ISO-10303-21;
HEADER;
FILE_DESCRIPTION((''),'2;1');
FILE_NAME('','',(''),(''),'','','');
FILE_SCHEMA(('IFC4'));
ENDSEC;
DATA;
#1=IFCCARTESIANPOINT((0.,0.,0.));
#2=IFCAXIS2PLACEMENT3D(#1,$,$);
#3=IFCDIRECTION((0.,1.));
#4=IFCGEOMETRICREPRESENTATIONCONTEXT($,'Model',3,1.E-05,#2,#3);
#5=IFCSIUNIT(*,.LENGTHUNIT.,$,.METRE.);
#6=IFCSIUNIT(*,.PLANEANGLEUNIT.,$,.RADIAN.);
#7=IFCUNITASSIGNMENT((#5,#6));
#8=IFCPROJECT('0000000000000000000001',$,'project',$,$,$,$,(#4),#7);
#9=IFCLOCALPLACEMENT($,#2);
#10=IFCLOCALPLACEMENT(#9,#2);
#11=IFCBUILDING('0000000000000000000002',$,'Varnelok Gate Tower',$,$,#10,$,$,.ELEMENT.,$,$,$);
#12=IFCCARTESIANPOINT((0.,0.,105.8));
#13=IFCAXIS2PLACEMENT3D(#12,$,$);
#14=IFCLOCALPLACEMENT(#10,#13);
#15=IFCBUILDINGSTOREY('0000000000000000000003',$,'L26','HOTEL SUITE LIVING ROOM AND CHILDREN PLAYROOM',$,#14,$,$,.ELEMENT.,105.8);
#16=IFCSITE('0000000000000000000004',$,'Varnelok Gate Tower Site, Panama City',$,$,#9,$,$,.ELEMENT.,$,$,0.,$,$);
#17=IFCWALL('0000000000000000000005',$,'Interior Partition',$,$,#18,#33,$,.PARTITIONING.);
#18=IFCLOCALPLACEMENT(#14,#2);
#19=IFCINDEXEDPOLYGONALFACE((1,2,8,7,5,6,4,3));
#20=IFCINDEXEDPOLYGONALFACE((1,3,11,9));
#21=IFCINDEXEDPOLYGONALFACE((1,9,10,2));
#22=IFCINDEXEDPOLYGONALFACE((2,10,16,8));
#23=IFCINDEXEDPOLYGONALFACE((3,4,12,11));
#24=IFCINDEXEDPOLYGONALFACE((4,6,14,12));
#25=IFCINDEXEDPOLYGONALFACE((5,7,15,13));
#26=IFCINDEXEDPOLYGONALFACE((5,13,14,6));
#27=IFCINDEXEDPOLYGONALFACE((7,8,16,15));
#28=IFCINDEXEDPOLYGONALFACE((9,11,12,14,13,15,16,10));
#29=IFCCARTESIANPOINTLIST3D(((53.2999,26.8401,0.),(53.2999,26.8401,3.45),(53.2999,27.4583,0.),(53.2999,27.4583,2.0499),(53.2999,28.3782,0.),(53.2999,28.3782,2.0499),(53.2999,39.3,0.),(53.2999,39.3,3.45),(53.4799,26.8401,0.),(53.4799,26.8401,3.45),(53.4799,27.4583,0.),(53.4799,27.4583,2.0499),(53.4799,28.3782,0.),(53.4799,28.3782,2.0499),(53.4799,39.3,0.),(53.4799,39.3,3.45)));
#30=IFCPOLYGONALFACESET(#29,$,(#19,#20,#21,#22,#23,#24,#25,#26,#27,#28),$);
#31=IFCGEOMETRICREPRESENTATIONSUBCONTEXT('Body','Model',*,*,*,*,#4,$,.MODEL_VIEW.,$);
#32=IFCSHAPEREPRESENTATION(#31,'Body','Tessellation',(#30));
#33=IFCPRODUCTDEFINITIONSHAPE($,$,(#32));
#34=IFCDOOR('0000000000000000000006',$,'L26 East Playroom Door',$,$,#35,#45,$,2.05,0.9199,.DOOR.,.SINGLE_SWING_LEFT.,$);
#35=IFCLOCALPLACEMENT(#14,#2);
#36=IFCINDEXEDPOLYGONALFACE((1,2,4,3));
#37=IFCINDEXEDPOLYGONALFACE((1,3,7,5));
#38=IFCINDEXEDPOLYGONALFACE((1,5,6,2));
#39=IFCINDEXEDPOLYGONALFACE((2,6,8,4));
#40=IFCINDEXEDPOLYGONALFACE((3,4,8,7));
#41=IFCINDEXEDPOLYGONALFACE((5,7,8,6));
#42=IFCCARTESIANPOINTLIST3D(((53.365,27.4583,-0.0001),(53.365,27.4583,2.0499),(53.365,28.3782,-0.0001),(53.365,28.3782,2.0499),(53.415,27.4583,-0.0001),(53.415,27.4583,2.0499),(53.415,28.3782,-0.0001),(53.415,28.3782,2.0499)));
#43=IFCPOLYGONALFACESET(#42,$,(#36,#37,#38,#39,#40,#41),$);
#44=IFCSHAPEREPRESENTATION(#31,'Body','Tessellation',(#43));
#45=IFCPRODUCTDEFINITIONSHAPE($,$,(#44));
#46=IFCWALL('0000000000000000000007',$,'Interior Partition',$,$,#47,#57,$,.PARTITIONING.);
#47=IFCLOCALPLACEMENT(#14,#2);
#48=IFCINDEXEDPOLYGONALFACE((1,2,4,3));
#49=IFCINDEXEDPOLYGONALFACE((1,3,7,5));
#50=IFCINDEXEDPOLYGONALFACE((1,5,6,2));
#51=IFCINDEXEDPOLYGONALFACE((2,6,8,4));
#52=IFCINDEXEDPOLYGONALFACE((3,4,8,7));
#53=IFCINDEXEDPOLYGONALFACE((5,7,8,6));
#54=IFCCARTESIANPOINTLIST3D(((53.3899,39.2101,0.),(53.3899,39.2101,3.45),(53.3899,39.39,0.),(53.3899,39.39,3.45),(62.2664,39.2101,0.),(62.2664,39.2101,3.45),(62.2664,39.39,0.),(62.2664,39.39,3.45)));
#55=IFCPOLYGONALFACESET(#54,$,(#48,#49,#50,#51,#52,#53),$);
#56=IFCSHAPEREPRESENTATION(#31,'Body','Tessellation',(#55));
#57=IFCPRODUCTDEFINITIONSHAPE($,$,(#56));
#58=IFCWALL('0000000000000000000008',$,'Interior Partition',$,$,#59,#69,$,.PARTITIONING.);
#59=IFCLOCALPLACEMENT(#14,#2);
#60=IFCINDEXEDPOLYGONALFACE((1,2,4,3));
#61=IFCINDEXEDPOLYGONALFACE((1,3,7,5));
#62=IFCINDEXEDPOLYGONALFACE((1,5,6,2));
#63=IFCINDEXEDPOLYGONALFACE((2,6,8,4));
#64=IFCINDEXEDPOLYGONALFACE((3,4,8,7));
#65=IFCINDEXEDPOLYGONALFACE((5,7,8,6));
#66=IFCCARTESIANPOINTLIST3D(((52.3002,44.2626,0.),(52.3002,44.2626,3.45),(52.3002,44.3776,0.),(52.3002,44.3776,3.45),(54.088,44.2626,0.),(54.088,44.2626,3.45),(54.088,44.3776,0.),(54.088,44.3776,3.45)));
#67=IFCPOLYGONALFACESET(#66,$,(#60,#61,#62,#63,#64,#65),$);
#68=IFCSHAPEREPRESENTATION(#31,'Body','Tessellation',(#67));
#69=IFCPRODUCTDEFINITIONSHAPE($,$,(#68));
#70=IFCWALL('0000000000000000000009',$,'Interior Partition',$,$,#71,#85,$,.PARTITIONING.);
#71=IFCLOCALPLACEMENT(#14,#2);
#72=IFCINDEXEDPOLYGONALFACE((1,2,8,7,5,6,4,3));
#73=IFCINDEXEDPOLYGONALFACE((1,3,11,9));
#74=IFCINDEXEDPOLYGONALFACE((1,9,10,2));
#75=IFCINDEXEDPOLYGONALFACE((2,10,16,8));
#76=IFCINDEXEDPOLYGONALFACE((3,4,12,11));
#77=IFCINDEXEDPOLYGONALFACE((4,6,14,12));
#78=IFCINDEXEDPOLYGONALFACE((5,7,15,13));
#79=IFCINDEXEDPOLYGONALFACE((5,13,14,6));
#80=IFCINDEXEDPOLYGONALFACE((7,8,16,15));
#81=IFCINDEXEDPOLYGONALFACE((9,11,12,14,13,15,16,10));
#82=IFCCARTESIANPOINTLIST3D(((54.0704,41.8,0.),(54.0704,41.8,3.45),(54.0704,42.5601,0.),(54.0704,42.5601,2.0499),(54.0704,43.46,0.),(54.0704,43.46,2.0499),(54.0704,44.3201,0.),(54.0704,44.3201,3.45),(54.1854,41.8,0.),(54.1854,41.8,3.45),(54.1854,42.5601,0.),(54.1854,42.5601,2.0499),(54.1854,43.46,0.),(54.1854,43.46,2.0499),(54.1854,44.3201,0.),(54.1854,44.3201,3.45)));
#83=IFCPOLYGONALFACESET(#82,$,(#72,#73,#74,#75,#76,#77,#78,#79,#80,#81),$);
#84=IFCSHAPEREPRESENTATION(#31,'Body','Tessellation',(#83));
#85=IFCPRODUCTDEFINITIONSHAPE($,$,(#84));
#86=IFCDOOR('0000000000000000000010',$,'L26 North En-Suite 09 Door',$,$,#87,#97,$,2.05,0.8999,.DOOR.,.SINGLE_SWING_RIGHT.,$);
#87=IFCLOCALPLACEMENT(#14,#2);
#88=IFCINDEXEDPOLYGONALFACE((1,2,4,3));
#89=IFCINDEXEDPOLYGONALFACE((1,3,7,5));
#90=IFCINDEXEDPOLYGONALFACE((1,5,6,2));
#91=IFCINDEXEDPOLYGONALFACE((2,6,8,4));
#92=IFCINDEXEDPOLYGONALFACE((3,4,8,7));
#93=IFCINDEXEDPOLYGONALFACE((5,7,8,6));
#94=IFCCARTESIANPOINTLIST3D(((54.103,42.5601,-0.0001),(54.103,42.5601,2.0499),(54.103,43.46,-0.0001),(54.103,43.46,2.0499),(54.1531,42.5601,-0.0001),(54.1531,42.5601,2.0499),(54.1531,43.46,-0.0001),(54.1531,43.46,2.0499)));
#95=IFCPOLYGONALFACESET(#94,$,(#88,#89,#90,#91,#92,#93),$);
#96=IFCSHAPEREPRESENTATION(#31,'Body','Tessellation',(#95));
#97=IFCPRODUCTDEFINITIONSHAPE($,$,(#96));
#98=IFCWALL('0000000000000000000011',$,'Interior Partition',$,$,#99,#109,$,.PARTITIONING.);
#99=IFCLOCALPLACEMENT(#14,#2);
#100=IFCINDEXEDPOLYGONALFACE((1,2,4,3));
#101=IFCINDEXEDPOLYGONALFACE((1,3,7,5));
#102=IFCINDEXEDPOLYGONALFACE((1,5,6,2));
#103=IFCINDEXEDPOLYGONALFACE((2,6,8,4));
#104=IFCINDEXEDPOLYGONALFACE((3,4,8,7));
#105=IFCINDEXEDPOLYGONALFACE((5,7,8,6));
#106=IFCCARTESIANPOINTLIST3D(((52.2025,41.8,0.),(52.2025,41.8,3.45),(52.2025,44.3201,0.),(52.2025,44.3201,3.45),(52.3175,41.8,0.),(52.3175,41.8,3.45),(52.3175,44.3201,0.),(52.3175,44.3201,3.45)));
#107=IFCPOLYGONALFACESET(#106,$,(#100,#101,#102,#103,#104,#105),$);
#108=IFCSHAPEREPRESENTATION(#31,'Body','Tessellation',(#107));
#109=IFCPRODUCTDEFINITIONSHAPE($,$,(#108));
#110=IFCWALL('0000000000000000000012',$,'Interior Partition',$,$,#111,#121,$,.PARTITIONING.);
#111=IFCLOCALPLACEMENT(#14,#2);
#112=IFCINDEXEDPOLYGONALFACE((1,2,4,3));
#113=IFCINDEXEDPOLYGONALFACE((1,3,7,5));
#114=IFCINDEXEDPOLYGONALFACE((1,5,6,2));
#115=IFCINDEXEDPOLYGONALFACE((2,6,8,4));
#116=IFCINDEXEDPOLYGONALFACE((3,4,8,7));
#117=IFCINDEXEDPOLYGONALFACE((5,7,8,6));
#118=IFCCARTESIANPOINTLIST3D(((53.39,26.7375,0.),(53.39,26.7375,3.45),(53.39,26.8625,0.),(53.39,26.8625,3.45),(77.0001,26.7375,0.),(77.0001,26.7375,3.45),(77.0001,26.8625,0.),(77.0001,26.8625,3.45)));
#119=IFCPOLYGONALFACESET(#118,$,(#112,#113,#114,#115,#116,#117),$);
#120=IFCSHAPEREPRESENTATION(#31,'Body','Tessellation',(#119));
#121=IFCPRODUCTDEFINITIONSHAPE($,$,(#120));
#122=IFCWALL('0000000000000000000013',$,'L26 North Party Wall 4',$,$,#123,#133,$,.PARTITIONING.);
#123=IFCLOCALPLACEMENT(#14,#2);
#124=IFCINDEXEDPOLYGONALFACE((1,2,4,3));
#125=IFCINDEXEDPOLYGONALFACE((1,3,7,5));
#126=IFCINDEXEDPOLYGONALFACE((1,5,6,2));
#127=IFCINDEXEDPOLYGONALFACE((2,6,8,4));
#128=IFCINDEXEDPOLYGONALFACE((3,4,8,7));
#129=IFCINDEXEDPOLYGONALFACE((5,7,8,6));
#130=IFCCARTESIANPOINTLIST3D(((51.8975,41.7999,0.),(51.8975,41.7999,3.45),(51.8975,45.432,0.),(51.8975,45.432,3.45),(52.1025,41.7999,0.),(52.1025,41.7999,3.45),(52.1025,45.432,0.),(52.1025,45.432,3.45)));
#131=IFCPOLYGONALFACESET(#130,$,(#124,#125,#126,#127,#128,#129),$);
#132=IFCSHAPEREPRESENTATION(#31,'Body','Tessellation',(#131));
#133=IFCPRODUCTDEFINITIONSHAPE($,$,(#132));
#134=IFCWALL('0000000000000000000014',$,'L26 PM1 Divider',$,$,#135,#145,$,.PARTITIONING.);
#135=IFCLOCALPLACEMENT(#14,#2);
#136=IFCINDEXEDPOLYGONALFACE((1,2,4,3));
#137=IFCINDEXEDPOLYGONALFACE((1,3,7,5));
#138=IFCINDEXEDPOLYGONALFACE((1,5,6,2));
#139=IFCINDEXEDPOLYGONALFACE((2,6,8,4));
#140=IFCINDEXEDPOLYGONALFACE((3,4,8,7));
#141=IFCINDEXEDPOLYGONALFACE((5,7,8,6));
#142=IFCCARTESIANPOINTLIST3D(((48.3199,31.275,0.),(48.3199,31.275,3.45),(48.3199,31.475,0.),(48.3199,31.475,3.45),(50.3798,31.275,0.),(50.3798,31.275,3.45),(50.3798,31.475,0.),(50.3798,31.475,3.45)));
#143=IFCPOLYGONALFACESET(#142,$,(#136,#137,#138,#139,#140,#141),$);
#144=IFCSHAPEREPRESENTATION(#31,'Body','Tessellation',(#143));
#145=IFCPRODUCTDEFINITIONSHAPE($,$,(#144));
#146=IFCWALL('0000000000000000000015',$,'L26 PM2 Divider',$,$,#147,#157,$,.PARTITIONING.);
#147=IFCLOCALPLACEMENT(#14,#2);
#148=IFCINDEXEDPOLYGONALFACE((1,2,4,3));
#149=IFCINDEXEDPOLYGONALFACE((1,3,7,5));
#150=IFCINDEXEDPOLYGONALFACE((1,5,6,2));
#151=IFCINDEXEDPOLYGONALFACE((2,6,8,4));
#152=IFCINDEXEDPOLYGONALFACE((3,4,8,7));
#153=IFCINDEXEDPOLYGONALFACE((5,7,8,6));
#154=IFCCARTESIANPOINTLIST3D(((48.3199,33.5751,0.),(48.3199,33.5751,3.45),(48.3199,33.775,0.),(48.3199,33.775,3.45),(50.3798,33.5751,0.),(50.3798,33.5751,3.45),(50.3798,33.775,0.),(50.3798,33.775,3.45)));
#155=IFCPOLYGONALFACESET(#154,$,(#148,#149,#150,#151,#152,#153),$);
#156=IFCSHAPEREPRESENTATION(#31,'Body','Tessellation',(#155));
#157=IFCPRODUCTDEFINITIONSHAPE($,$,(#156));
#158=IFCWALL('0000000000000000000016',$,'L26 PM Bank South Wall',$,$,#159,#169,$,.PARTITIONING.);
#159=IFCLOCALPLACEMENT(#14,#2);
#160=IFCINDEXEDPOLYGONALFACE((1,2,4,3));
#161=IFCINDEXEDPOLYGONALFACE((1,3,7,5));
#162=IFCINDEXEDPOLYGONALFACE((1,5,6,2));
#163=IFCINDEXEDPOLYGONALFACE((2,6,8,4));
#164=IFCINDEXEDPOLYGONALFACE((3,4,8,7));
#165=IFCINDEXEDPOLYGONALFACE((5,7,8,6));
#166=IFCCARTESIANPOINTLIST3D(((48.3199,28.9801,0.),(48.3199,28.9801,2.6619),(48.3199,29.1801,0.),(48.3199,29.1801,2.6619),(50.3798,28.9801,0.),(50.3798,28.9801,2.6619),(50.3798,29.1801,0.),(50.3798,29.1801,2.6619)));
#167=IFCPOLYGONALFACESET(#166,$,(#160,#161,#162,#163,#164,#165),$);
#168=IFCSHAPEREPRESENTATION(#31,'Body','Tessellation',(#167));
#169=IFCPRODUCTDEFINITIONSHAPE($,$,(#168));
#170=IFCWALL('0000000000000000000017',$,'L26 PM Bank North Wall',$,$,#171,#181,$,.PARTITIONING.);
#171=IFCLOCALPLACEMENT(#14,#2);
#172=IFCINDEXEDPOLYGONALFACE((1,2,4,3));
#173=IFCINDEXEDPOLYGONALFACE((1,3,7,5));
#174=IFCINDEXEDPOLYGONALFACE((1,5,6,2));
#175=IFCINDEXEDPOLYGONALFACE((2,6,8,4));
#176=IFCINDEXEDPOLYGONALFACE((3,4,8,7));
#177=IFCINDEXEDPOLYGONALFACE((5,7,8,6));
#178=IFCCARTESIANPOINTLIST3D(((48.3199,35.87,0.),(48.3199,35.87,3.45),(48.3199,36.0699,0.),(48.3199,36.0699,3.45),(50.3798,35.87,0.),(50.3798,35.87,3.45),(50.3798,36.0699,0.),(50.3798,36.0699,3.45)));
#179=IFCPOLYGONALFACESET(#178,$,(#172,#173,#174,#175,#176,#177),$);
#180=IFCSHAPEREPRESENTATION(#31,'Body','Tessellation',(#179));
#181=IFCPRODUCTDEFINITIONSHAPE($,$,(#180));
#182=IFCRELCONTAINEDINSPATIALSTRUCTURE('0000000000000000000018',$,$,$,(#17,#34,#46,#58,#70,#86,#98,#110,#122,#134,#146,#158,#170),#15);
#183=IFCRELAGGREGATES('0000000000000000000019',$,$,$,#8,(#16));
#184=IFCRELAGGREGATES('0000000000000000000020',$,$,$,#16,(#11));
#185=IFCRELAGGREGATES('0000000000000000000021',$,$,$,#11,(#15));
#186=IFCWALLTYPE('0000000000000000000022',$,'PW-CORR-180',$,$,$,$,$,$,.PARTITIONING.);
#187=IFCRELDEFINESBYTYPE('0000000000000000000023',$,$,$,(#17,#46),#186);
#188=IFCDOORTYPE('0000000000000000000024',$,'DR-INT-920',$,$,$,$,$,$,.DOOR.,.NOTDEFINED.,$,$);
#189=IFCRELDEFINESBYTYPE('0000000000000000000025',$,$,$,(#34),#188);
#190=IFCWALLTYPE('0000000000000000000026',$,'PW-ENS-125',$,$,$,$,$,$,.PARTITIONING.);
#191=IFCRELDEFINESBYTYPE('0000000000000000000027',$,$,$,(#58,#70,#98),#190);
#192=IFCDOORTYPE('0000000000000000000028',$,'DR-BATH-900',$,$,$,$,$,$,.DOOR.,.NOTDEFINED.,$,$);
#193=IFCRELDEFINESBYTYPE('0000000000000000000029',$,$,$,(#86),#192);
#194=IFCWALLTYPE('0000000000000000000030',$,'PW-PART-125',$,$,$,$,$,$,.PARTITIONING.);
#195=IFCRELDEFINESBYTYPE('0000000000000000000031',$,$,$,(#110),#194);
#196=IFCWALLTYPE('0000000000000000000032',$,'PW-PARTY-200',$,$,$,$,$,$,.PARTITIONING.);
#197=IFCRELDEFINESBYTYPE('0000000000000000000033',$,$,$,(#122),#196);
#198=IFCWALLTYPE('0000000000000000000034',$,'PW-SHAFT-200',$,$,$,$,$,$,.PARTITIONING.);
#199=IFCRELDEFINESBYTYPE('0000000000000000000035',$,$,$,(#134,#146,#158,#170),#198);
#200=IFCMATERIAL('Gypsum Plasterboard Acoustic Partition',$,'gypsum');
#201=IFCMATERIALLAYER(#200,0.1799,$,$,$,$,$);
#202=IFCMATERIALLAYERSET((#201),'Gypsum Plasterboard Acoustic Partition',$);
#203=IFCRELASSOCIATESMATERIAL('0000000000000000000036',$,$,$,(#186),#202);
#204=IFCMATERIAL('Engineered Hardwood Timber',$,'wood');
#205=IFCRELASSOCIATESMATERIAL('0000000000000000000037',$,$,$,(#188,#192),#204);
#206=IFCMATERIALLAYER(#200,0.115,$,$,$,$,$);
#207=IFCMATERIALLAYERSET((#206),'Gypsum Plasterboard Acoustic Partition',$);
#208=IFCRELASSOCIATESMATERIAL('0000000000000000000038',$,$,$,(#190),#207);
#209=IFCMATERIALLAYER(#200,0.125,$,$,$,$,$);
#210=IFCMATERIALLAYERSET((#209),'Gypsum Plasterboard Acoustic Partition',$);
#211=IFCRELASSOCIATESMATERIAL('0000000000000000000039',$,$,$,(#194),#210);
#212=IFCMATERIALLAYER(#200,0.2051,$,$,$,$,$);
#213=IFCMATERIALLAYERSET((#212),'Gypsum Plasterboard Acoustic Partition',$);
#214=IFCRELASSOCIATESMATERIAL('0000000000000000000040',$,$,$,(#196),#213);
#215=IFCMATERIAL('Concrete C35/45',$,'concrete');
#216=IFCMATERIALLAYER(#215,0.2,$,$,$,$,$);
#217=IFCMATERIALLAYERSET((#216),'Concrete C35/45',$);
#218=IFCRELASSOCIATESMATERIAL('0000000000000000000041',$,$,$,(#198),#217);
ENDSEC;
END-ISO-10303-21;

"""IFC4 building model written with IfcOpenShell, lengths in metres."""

from ifc_helpers import new_model, si_unit, direction, frame, frame_2d, origin, place, context, subcontext, project, spatial, rectangle, extrude, material, layer, layer_set, type_object, element, fill, save


model = new_model("IFC4")

# Units and contexts
model_context = context("Model", 3, precision=1e-05, world=origin(), true_north=direction((0.0, 1.0)))
body_context = subcontext(model_context, "Body", "Model", "MODEL_VIEW")
ifc_project = project(units=[si_unit("LENGTHUNIT", "METRE"), si_unit("PLANEANGLEUNIT", "RADIAN")], contexts=[model_context])

# Site, building, storey
site_placement = place(None, origin())
site = spatial("IfcSite", under=ifc_project, at=site_placement, Name="Varnelok Gate Tower Site, Panama City", CompositionType="ELEMENT", RefElevation=0.0)
building_placement = place(site_placement, origin())
building = spatial("IfcBuilding", under=site, at=building_placement, Name="Varnelok Gate Tower", CompositionType="ELEMENT")
storey_placement = place(building_placement, frame((0.0, 0.0, 105.8)))
storey = spatial("IfcBuildingStorey", under=building, at=storey_placement, Name="L26", Description="HOTEL SUITE LIVING ROOM AND CHILDREN PLAYROOM", CompositionType="ELEMENT", Elevation=105.8)

# Wall, opening, door
ifc_material_1 = material(Name="Gypsum Plasterboard Acoustic Partition", Category="gypsum")
ifc_layer_1 = layer(ifc_material_1, 0.1799)
ifc_layer_set_1 = layer_set([ifc_layer_1], Name="Gypsum Plasterboard Acoustic Partition")
wall_type_1 = type_object("IfcWallType", Name="PW-CORR-180", PredefinedType="PARTITIONING", material=ifc_layer_set_1)
ifc_material_2 = material(Name="Engineered Hardwood Timber", Category="wood")
wall_1_placement = place(storey_placement, frame((53.3899, 26.8401, 0.0), z_axis=(0.0, 0.0, 1.0), x_axis=(0.0, 1.0, 0.0)))
wall_1 = element("IfcWall", 1, at=wall_1_placement, inside=storey, type_object=wall_type_1, Name="Interior Partition", PredefinedType="PARTITIONING", context=body_context, shape_type="SweptSolid", body=[
    extrude(rectangle(XDim=12.46, YDim=0.1799, at=frame_2d((6.23, 0.0))), origin(), (0.0, 0.0, 1.0), 3.45),
])
opening_1_placement = place(wall_1_placement, frame((0.6182, 0.0, 0.0)))
opening_1 = element("IfcOpeningElement", 2, at=opening_1_placement, cuts=wall_1, PredefinedType="OPENING", context=body_context, shape_type="SweptSolid", body=[
    extrude(rectangle(XDim=0.9199, YDim=2.05, at=frame_2d((0.46, 1.0249))), frame((0.0, 0.0999, 0.0), z_axis=(0.0, -1.0, 0.0), x_axis=(1.0, 0.0, 0.0)), (0.0, 0.0, 1.0), 0.2),
])
door_type_1 = type_object("IfcDoorType", Name="DR-INT-920", OperationType="NOTDEFINED", PredefinedType="DOOR", material=ifc_material_2)
door_1_placement = place(opening_1_placement, origin())
door_1 = element("IfcDoor", 3, at=door_1_placement, inside=storey, type_object=door_type_1, Name="L26 East Playroom Door", OperationType="SINGLE_SWING_LEFT", OverallHeight=2.05, OverallWidth=0.9199, PredefinedType="DOOR", context=body_context, shape_type="SweptSolid", body=[
    extrude(rectangle(XDim=0.9199, YDim=2.05, at=frame_2d((0.46, 1.0249))), frame((0.0, 0.0249, 0.0), z_axis=(0.0, -1.0, 0.0), x_axis=(1.0, 0.0, 0.0)), (0.0, 0.0, 1.0), 0.05),
])
fill(opening_1, door_1)

# Walls
wall_2_placement = place(storey_placement, frame((53.3899, 39.3, 0.0), z_axis=(0.0, 0.0, 1.0), x_axis=(1.0, 0.0, 0.0)))
element("IfcWall", 4, at=wall_2_placement, inside=storey, type_object=wall_type_1, Name="Interior Partition", PredefinedType="PARTITIONING", context=body_context, shape_type="SweptSolid", body=[
    extrude(rectangle(XDim=8.8765, YDim=0.1799, at=frame_2d((4.4382, 0.0))), origin(), (0.0, 0.0, 1.0), 3.45),
])
ifc_layer_2 = layer(ifc_material_1, 0.115)
ifc_layer_set_2 = layer_set([ifc_layer_2], Name="Gypsum Plasterboard Acoustic Partition")
wall_type_2 = type_object("IfcWallType", Name="PW-ENS-125", PredefinedType="PARTITIONING", material=ifc_layer_set_2)
wall_3_placement = place(storey_placement, frame((52.3, 44.3201, 0.0), z_axis=(0.0, 0.0, 1.0), x_axis=(1.0, 0.0, 0.0)))
element("IfcWall", 5, at=wall_3_placement, inside=storey, type_object=wall_type_2, Name="Interior Partition", PredefinedType="PARTITIONING", context=body_context, shape_type="SweptSolid", body=[
    extrude(rectangle(XDim=1.7878, YDim=0.115, at=frame_2d((0.894, 0.0))), origin(), (0.0, 0.0, 1.0), 3.45),
])

# Wall, opening, door
wall_4_placement = place(storey_placement, frame((54.1279, 41.8, 0.0), z_axis=(0.0, 0.0, 1.0), x_axis=(0.0, 1.0, 0.0)))
wall_4 = element("IfcWall", 6, at=wall_4_placement, inside=storey, type_object=wall_type_2, Name="Interior Partition", PredefinedType="PARTITIONING", context=body_context, shape_type="SweptSolid", body=[
    extrude(rectangle(XDim=2.52, YDim=0.115, at=frame_2d((1.26, 0.0))), origin(), (0.0, 0.0, 1.0), 3.45),
])
opening_2_placement = place(wall_4_placement, frame((0.76, 0.0, 0.0)))
opening_2 = element("IfcOpeningElement", 7, at=opening_2_placement, cuts=wall_4, PredefinedType="OPENING", context=body_context, shape_type="SweptSolid", body=[
    extrude(rectangle(XDim=0.8999, YDim=2.05, at=frame_2d((0.45, 1.0249))), frame((0.0, 0.0674, 0.0), z_axis=(0.0, -1.0, 0.0), x_axis=(1.0, 0.0, 0.0)), (0.0, 0.0, 1.0), 0.135),
])
door_type_2 = type_object("IfcDoorType", Name="DR-BATH-900", OperationType="NOTDEFINED", PredefinedType="DOOR", material=ifc_material_2)
door_2_placement = place(opening_2_placement, origin())
door_2 = element("IfcDoor", 8, at=door_2_placement, inside=storey, type_object=door_type_2, Name="L26 North En-Suite 09 Door", OperationType="SINGLE_SWING_RIGHT", OverallHeight=2.05, OverallWidth=0.8999, PredefinedType="DOOR", context=body_context, shape_type="SweptSolid", body=[
    extrude(rectangle(XDim=0.8999, YDim=2.05, at=frame_2d((0.45, 1.0249))), frame((0.0, 0.0249, 0.0), z_axis=(0.0, -1.0, 0.0), x_axis=(1.0, 0.0, 0.0)), (0.0, 0.0, 1.0), 0.05),
])
fill(opening_2, door_2)

# Walls
wall_5_placement = place(storey_placement, frame((52.26, 41.8, 0.0), z_axis=(0.0, 0.0, 1.0), x_axis=(0.0, 1.0, 0.0)))
element("IfcWall", 9, at=wall_5_placement, inside=storey, type_object=wall_type_2, Name="Interior Partition", PredefinedType="PARTITIONING", context=body_context, shape_type="SweptSolid", body=[
    extrude(rectangle(XDim=2.52, YDim=0.115, at=frame_2d((1.26, 0.0))), origin(), (0.0, 0.0, 1.0), 3.45),
])
ifc_layer_3 = layer(ifc_material_1, 0.125)
ifc_layer_set_3 = layer_set([ifc_layer_3], Name="Gypsum Plasterboard Acoustic Partition")
wall_type_3 = type_object("IfcWallType", Name="PW-PART-125", PredefinedType="PARTITIONING", material=ifc_layer_set_3)
wall_6_placement = place(storey_placement, frame((53.3899, 26.8, 0.0), z_axis=(0.0, 0.0, 1.0), x_axis=(1.0, 0.0, 0.0)))
element("IfcWall", 10, at=wall_6_placement, inside=storey, type_object=wall_type_3, Name="Interior Partition", PredefinedType="PARTITIONING", context=body_context, shape_type="SweptSolid", body=[
    extrude(rectangle(XDim=23.6101, YDim=0.125, at=frame_2d((11.8052, 0.0))), origin(), (0.0, 0.0, 1.0), 3.45),
])
ifc_layer_4 = layer(ifc_material_1, 0.2051)
ifc_layer_set_4 = layer_set([ifc_layer_4], Name="Gypsum Plasterboard Acoustic Partition")
wall_type_4 = type_object("IfcWallType", Name="PW-PARTY-200", PredefinedType="PARTITIONING", material=ifc_layer_set_4)
wall_7_placement = place(storey_placement, frame((52.0, 41.8, 0.0), z_axis=(0.0, 0.0, 1.0), x_axis=(0.0, 1.0, 0.0)))
element("IfcWall", 11, at=wall_7_placement, inside=storey, type_object=wall_type_4, Name="L26 North Party Wall 4", PredefinedType="PARTITIONING", context=body_context, shape_type="SweptSolid", body=[
    extrude(rectangle(XDim=3.6321, YDim=0.2051, at=frame_2d((1.8159, 0.0))), origin(), (0.0, 0.0, 1.0), 3.45),
])
ifc_material_3 = material(Name="Concrete C35/45", Category="concrete")
ifc_layer_5 = layer(ifc_material_3, 0.2)
ifc_layer_set_5 = layer_set([ifc_layer_5], Name="Concrete C35/45")
wall_type_5 = type_object("IfcWallType", Name="PW-SHAFT-200", PredefinedType="PARTITIONING", material=ifc_layer_set_5)
for number, where, z_axis, x_axis, name in (
    (12, (48.3201, 31.375, 0.0), (0.0, 0.0, 1.0), (1.0, 0.0, 0.0), "L26 PM1 Divider"),
    (13, (48.3201, 33.675, 0.0), (0.0, 0.0, 1.0), (1.0, 0.0, 0.0), "L26 PM2 Divider"),
):
    element("IfcWall", number, at=place(storey_placement, frame(where, z_axis=z_axis, x_axis=x_axis)), inside=storey, type_object=wall_type_5, Name=name, PredefinedType="PARTITIONING", context=body_context, shape_type="SweptSolid", body=[
        extrude(rectangle(XDim=2.0598, YDim=0.2, at=frame_2d((1.0298, 0.0))), origin(), (0.0, 0.0, 1.0), 3.45),
    ])
wall_8_placement = place(storey_placement, frame((48.3201, 29.0801, 0.0), z_axis=(0.0, 0.0, 1.0), x_axis=(1.0, 0.0, 0.0)))
element("IfcWall", 14, at=wall_8_placement, inside=storey, type_object=wall_type_5, Name="L26 PM Bank South Wall", PredefinedType="PARTITIONING", context=body_context, shape_type="SweptSolid", body=[
    extrude(rectangle(XDim=2.0598, YDim=0.2, at=frame_2d((1.0298, 0.0))), origin(), (0.0, 0.0, 1.0), 2.6619),
])
wall_9_placement = place(storey_placement, frame((48.3201, 35.97, 0.0), z_axis=(0.0, 0.0, 1.0), x_axis=(1.0, 0.0, 0.0)))
element("IfcWall", 15, at=wall_9_placement, inside=storey, type_object=wall_type_5, Name="L26 PM Bank North Wall", PredefinedType="PARTITIONING", context=body_context, shape_type="SweptSolid", body=[
    extrude(rectangle(XDim=2.0598, YDim=0.2, at=frame_2d((1.0298, 0.0))), origin(), (0.0, 0.0, 1.0), 3.45),
])

save(model, "model.ifc")
